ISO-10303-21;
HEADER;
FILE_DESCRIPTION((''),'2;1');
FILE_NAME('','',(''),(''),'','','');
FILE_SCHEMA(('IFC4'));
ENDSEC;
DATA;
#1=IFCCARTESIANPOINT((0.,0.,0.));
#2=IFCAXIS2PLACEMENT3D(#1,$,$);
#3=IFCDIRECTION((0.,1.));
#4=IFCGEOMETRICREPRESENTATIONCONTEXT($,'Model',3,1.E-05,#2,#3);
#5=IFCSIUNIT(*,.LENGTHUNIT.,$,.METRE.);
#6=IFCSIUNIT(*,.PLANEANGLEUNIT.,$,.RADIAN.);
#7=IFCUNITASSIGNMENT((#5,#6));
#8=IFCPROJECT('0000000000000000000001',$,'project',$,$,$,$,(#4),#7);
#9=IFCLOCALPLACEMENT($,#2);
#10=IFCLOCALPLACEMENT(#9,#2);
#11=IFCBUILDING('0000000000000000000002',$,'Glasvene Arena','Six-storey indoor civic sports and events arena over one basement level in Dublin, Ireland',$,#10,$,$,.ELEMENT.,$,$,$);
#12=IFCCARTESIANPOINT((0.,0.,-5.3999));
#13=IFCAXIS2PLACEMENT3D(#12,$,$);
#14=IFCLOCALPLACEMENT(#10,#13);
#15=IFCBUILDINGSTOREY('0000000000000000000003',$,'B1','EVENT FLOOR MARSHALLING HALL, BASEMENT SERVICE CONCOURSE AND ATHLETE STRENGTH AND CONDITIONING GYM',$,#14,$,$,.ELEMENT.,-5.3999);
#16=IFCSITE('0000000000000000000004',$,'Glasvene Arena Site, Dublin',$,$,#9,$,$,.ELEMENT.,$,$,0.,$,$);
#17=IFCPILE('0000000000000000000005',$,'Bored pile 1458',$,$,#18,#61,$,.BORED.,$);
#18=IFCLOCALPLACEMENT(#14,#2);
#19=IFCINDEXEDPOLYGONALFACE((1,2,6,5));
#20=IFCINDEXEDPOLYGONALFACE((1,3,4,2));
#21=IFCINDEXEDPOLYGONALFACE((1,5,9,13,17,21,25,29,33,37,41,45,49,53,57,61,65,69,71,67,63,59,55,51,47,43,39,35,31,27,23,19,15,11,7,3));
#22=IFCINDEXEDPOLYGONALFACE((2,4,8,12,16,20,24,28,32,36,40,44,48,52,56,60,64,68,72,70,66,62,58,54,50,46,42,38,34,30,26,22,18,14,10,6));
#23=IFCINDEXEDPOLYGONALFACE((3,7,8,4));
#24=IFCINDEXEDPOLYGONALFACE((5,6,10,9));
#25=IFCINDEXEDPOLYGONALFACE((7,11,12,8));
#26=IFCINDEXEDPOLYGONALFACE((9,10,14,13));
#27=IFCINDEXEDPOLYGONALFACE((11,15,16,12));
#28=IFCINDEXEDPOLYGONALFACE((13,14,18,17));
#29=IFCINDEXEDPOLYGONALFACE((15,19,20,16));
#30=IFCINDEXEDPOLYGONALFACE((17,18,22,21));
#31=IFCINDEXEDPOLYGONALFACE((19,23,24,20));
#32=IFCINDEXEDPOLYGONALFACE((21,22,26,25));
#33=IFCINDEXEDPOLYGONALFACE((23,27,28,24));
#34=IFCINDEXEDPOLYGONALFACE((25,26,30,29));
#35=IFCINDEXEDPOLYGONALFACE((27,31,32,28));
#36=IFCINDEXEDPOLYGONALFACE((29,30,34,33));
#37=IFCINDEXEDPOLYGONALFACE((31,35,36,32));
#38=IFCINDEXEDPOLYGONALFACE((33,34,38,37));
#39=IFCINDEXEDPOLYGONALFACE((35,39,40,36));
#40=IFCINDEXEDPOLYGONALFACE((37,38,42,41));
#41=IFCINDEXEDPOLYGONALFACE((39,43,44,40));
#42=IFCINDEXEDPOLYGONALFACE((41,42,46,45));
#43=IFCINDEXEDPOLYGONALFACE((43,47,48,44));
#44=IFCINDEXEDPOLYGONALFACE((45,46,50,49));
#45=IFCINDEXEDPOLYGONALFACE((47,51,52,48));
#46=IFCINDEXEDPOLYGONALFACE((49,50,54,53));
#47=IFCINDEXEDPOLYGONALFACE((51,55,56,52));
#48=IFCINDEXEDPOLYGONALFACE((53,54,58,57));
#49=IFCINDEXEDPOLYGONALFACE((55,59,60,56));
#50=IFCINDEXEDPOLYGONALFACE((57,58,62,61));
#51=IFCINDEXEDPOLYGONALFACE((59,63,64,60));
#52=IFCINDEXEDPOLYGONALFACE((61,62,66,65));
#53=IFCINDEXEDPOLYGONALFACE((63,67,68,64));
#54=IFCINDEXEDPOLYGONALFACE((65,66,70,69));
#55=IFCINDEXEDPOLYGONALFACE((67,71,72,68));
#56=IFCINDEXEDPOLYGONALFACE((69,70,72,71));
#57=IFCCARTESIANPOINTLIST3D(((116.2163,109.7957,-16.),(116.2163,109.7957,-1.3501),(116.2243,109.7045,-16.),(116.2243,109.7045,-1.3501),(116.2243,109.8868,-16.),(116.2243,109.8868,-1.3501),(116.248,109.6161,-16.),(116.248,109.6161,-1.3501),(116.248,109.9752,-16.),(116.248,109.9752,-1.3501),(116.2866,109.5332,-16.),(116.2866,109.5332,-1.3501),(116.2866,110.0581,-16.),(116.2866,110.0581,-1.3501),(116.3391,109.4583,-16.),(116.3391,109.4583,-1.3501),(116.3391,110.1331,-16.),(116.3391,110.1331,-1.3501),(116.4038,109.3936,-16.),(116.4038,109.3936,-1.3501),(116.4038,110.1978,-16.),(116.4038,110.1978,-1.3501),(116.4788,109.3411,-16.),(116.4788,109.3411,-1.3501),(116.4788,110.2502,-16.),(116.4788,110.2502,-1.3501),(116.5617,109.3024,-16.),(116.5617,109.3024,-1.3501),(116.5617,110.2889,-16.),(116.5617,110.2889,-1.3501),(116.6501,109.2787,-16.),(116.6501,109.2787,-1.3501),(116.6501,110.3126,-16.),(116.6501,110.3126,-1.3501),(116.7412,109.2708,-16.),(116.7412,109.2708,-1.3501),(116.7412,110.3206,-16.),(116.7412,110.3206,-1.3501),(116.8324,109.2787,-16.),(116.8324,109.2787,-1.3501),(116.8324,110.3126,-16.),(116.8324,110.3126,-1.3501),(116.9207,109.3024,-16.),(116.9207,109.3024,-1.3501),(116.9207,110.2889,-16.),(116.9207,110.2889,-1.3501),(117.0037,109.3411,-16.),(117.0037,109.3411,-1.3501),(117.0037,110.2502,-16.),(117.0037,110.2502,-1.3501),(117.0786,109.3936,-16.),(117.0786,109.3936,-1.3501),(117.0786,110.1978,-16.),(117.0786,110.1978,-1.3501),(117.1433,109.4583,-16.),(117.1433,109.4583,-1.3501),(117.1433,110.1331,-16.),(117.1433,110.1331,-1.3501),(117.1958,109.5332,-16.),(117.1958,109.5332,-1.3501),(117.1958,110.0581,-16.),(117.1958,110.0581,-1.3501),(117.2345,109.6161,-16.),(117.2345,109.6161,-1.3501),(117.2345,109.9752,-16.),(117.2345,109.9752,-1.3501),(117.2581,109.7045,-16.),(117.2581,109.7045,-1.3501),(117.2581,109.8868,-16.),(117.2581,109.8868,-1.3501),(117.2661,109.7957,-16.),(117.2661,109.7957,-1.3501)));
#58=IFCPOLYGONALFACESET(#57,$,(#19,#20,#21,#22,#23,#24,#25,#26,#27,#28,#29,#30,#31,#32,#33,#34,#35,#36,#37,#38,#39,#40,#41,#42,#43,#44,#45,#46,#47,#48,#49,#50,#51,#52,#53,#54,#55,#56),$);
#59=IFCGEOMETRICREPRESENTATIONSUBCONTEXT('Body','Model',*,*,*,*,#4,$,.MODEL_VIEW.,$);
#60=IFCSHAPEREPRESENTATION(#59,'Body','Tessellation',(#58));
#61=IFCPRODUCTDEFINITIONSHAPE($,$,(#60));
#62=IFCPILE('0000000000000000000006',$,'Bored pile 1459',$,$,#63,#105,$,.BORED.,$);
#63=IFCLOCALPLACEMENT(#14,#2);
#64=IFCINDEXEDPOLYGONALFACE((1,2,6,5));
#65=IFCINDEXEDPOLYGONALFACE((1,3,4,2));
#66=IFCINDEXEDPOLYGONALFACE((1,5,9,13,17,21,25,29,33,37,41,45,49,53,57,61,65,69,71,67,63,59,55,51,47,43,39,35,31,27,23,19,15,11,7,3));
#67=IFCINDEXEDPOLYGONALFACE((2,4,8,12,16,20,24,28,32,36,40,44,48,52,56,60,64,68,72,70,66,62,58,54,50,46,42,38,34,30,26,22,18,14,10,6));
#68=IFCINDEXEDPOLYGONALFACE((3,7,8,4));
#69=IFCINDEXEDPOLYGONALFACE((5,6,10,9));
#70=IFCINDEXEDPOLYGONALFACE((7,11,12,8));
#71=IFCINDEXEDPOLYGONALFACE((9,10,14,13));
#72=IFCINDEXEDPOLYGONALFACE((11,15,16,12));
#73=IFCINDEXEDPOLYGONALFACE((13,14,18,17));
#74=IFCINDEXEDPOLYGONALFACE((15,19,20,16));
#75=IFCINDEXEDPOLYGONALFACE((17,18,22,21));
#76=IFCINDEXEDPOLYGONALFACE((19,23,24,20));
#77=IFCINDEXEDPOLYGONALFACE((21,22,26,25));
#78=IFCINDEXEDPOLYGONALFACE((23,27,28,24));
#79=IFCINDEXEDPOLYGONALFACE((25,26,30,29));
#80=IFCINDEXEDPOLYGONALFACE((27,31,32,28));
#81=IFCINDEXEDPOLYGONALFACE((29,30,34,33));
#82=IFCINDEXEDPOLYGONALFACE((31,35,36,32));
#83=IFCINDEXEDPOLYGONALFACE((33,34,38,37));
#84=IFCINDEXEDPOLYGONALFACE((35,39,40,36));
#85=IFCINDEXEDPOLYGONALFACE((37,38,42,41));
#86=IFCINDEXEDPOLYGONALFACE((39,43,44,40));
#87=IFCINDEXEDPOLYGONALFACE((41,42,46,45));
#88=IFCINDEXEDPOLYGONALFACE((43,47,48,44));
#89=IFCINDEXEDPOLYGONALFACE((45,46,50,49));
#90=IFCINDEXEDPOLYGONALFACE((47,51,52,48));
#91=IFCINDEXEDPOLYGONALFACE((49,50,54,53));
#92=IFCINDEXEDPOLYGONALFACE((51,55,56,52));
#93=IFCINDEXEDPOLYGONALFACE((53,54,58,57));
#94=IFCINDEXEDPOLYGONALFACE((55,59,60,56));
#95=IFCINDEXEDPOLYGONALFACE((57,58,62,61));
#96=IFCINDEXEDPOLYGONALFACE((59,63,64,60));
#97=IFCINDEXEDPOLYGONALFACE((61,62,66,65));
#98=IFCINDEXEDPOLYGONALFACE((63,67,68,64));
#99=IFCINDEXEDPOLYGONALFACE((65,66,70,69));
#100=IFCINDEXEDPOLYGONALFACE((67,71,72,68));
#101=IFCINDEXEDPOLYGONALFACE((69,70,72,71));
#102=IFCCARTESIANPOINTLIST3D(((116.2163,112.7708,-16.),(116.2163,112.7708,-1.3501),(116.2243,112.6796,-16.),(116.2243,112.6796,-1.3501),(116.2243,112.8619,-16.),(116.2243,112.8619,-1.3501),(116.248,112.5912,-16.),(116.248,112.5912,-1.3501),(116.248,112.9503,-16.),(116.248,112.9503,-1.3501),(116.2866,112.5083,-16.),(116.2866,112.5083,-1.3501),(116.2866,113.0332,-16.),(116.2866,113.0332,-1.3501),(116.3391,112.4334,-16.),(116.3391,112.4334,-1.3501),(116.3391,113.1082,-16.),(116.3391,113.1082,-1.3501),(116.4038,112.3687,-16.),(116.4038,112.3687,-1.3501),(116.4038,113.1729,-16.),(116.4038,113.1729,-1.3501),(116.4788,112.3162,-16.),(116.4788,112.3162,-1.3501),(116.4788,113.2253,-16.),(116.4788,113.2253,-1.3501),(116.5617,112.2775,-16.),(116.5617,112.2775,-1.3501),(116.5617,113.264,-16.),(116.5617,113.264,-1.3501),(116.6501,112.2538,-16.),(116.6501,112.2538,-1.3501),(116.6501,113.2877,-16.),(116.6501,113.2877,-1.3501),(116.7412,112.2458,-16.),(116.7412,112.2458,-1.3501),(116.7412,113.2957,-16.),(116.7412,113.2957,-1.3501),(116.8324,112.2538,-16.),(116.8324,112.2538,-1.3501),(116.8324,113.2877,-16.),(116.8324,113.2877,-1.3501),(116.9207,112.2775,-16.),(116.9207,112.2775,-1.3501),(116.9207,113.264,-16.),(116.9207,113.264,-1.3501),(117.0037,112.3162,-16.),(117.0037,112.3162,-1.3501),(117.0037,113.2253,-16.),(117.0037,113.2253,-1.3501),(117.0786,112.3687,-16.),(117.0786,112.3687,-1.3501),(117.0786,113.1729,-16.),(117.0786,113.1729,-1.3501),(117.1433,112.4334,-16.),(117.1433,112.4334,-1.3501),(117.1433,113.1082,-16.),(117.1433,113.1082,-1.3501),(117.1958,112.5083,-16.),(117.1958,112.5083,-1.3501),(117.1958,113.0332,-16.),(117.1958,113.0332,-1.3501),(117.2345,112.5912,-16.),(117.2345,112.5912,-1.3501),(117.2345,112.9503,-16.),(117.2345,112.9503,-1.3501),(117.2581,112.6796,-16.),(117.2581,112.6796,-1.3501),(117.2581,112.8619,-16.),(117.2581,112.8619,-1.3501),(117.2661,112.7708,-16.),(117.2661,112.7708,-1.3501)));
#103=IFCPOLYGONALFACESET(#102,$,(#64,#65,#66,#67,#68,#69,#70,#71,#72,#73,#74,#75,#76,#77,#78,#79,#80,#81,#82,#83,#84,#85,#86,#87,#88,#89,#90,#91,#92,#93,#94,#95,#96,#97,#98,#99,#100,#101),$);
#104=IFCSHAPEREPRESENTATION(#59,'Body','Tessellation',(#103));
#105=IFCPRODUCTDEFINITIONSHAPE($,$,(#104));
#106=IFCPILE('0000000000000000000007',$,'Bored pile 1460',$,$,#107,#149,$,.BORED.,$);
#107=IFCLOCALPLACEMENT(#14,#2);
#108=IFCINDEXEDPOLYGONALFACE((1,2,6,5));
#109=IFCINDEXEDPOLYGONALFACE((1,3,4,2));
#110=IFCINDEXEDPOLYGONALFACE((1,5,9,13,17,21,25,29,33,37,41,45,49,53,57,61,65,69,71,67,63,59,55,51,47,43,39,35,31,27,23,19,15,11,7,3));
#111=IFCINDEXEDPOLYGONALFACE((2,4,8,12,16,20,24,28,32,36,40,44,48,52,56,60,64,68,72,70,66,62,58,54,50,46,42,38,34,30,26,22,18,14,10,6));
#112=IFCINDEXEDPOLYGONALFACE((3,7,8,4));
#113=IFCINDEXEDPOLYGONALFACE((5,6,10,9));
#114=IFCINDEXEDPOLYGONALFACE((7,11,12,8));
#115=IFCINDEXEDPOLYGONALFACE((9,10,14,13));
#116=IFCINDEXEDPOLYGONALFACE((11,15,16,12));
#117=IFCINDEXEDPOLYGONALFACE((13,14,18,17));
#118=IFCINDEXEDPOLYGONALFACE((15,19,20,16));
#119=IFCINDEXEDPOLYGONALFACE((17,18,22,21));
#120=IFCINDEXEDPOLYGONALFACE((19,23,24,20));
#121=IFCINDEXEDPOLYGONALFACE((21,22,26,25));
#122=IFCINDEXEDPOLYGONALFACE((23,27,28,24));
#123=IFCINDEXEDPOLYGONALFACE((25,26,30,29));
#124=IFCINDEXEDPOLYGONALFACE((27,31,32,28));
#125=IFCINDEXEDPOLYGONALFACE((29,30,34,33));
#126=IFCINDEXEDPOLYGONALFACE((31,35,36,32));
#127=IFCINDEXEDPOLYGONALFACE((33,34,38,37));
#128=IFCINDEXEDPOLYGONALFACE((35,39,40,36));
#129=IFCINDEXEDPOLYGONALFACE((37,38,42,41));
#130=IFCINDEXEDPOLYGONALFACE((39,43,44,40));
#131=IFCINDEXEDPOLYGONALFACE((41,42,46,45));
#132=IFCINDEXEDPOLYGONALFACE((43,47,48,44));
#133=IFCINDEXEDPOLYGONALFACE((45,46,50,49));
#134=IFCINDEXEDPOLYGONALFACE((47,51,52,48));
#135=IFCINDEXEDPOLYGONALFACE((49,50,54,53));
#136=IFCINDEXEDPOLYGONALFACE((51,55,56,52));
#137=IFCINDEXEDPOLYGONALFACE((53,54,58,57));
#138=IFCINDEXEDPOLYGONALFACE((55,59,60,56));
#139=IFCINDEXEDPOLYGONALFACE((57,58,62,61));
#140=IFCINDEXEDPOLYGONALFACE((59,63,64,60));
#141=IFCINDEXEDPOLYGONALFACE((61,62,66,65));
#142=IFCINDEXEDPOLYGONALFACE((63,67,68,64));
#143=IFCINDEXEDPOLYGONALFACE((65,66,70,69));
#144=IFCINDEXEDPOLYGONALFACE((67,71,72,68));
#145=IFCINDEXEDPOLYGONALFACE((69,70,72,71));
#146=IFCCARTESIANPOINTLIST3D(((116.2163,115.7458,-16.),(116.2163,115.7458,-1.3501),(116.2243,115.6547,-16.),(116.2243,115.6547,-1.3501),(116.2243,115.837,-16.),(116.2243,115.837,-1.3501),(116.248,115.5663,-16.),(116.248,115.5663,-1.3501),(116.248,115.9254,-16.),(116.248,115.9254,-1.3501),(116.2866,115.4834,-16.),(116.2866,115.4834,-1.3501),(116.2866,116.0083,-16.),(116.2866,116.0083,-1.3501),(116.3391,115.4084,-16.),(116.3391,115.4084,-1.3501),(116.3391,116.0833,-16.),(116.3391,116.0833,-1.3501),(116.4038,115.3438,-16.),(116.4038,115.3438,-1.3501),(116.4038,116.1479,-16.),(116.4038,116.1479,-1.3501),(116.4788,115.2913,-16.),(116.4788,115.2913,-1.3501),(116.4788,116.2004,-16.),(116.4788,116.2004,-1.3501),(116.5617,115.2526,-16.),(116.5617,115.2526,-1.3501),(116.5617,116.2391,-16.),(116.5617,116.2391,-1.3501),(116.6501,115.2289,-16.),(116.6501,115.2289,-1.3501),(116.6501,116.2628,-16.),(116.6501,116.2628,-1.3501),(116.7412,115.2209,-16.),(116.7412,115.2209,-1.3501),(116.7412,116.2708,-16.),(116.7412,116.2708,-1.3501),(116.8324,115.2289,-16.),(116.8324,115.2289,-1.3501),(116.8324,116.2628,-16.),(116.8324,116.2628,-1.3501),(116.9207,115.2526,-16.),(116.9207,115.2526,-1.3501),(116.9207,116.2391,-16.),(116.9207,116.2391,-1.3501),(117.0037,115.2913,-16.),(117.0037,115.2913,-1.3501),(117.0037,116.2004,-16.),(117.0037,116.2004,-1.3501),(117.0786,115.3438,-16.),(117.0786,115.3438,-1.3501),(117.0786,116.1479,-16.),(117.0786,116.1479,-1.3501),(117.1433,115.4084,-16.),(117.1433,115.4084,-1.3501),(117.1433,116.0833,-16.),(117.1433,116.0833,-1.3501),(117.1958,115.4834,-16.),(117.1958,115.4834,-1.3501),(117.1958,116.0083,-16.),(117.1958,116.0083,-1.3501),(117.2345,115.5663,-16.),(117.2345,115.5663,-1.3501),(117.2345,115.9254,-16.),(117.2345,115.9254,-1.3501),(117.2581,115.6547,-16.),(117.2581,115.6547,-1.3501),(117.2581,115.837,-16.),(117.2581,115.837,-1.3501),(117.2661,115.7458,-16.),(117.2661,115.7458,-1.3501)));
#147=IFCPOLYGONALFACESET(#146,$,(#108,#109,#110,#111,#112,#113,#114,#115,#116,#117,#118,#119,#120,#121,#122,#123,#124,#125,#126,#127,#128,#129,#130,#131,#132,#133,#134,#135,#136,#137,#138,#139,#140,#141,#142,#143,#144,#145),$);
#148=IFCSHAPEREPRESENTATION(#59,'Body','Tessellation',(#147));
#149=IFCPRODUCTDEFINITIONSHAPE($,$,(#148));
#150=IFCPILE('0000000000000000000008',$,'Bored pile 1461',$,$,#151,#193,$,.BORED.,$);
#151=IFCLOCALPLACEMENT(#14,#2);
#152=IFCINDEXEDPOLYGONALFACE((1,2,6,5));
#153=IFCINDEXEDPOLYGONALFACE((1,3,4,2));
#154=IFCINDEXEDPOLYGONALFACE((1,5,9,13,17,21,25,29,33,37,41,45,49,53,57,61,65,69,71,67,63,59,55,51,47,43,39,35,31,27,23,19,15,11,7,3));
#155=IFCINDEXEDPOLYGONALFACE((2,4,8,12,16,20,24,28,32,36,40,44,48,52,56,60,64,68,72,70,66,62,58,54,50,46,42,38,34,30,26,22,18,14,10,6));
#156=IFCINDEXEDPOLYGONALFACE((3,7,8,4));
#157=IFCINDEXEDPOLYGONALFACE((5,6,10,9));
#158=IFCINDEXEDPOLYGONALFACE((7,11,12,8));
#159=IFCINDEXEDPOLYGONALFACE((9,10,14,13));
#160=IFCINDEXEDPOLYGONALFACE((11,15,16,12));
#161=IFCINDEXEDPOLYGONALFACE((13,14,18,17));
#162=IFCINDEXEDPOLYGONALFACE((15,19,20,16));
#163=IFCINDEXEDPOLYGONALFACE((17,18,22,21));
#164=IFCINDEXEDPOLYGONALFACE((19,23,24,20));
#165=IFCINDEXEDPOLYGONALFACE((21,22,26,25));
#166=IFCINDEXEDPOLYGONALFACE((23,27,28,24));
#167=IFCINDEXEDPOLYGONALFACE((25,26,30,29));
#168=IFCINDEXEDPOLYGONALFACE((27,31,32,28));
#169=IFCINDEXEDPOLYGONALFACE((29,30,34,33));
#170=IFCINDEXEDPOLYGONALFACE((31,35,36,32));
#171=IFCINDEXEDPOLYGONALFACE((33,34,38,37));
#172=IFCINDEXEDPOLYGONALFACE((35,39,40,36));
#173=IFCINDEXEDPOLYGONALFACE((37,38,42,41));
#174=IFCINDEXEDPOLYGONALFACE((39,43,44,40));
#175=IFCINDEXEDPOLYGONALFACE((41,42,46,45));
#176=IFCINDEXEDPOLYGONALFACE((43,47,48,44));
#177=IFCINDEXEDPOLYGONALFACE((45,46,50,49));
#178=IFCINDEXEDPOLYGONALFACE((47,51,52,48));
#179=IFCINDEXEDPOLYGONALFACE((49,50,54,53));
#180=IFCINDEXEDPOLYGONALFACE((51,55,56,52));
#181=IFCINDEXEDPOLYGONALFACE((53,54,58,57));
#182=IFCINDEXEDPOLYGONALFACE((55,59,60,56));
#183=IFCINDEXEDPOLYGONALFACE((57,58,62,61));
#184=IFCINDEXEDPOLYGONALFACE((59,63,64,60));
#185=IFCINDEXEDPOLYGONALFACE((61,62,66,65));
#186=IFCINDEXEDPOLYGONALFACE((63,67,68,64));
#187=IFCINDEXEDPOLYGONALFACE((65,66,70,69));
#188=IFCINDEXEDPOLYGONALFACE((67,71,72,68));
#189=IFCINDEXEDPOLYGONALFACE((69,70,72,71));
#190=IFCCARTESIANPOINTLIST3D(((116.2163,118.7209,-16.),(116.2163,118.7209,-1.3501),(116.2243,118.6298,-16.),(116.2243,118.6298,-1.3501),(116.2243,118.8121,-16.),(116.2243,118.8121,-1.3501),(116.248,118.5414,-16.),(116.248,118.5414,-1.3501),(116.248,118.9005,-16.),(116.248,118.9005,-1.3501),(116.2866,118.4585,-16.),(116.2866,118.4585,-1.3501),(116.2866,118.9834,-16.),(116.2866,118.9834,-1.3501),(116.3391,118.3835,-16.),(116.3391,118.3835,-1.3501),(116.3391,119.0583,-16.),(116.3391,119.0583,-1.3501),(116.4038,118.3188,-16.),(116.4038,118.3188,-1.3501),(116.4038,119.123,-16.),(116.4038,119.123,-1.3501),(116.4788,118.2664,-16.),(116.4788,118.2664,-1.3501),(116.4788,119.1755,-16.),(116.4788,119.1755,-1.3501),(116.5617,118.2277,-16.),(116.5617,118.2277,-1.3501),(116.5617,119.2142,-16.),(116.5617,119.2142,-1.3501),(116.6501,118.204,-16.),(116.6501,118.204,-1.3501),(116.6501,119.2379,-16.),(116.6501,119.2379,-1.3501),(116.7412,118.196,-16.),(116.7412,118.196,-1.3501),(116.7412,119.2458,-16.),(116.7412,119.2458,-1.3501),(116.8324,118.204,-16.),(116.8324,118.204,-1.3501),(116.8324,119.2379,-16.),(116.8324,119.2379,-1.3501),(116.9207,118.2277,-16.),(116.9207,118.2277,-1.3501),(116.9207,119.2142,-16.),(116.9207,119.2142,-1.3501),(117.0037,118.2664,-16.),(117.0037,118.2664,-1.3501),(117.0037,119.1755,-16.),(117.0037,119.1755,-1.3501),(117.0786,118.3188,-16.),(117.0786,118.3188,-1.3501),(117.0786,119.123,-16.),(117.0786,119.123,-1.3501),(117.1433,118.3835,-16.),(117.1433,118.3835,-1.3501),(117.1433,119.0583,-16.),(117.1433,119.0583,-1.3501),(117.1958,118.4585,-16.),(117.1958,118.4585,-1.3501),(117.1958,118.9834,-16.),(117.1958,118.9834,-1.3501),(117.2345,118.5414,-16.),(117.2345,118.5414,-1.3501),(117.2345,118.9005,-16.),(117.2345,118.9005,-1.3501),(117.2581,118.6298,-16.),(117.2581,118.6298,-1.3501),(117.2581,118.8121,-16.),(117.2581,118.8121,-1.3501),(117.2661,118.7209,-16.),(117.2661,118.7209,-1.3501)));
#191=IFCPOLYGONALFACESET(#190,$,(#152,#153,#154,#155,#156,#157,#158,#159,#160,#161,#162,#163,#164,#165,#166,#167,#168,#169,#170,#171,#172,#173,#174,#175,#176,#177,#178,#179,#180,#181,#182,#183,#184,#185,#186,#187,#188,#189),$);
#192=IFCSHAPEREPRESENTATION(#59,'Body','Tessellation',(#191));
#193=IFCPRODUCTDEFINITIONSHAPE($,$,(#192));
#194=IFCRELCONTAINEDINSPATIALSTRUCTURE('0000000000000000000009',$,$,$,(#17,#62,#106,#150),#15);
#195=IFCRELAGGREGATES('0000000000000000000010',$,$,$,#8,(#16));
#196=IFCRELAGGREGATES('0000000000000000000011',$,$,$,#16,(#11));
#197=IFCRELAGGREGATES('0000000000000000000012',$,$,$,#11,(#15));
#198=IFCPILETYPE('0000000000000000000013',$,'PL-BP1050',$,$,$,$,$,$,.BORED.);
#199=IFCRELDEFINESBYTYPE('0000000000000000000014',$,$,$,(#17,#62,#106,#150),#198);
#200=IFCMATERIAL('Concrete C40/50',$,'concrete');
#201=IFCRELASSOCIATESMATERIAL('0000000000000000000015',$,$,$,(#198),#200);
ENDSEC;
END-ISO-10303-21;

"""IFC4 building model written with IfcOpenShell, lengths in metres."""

from ifc_helpers import new_model, si_unit, direction, frame, origin, origin_2d, place, context, subcontext, project, spatial, circle, extrude, material, material_profile, profile_set, type_object, element, save


model = new_model("IFC4")

# Units and contexts
model_context = context("Model", 3, precision=1e-05, world=origin(), true_north=direction((0.0, 1.0)))
body_context = subcontext(model_context, "Body", "Model", "MODEL_VIEW")
ifc_project = project(units=[si_unit("LENGTHUNIT", "METRE"), si_unit("PLANEANGLEUNIT", "RADIAN")], contexts=[model_context])

# Site, building, storey
site_placement = place(None, origin())
site = spatial("IfcSite", under=ifc_project, at=site_placement, Name="Glasvene Arena Site, Dublin", CompositionType="ELEMENT", RefElevation=0.0)
building_placement = place(site_placement, origin())
building = spatial("IfcBuilding", under=site, at=building_placement, Name="Glasvene Arena", Description="Six-storey indoor civic sports and events arena over one basement level in Dublin, Ireland", CompositionType="ELEMENT")
storey_placement = place(building_placement, frame((0.0, 0.0, -5.3999)))
storey = spatial("IfcBuildingStorey", under=building, at=storey_placement, Name="B1", Description="EVENT FLOOR MARSHALLING HALL, BASEMENT SERVICE CONCOURSE AND ATHLETE STRENGTH AND CONDITIONING GYM", CompositionType="ELEMENT", Elevation=-5.3999)

# Piles
ifc_material_1 = material(Name="Concrete C40/50", Category="concrete")
ifc_material_profile_1 = material_profile(ifc_material_1, circle(Radius=0.5249, at=origin_2d()), Name="BORED PILE 1050")
ifc_profile_set_1 = profile_set([ifc_material_profile_1], Name="Concrete C40/50")
pile_type = type_object("IfcPileType", Name="PL-BP1050", PredefinedType="BORED", material=ifc_profile_set_1)
for number, where, z_axis, x_axis, name in (
    (1, (116.7412, 109.7957, -1.3501), (0.0, 0.0, -1.0), (1.0, 0.0, 0.0), "Bored pile 1458"),
    (2, (116.7412, 112.7708, -1.3501), (0.0, 0.0, -1.0), (1.0, 0.0, 0.0), "Bored pile 1459"),
    (3, (116.7412, 115.7458, -1.3501), (0.0, 0.0, -1.0), (1.0, 0.0, 0.0), "Bored pile 1460"),
    (4, (116.7412, 118.7209, -1.3501), (0.0, 0.0, -1.0), (1.0, 0.0, 0.0), "Bored pile 1461"),
):
    element("IfcPile", number, at=place(storey_placement, frame(where, z_axis=z_axis, x_axis=x_axis)), inside=storey, type_object=pile_type, Name=name, PredefinedType="BORED", context=body_context, shape_type="SweptSolid", body=[
        extrude(circle(Radius=0.5249, at=origin_2d()), origin(), (0.0, 0.0, 1.0), 14.6499),
    ])

save(model, "model.ifc")
